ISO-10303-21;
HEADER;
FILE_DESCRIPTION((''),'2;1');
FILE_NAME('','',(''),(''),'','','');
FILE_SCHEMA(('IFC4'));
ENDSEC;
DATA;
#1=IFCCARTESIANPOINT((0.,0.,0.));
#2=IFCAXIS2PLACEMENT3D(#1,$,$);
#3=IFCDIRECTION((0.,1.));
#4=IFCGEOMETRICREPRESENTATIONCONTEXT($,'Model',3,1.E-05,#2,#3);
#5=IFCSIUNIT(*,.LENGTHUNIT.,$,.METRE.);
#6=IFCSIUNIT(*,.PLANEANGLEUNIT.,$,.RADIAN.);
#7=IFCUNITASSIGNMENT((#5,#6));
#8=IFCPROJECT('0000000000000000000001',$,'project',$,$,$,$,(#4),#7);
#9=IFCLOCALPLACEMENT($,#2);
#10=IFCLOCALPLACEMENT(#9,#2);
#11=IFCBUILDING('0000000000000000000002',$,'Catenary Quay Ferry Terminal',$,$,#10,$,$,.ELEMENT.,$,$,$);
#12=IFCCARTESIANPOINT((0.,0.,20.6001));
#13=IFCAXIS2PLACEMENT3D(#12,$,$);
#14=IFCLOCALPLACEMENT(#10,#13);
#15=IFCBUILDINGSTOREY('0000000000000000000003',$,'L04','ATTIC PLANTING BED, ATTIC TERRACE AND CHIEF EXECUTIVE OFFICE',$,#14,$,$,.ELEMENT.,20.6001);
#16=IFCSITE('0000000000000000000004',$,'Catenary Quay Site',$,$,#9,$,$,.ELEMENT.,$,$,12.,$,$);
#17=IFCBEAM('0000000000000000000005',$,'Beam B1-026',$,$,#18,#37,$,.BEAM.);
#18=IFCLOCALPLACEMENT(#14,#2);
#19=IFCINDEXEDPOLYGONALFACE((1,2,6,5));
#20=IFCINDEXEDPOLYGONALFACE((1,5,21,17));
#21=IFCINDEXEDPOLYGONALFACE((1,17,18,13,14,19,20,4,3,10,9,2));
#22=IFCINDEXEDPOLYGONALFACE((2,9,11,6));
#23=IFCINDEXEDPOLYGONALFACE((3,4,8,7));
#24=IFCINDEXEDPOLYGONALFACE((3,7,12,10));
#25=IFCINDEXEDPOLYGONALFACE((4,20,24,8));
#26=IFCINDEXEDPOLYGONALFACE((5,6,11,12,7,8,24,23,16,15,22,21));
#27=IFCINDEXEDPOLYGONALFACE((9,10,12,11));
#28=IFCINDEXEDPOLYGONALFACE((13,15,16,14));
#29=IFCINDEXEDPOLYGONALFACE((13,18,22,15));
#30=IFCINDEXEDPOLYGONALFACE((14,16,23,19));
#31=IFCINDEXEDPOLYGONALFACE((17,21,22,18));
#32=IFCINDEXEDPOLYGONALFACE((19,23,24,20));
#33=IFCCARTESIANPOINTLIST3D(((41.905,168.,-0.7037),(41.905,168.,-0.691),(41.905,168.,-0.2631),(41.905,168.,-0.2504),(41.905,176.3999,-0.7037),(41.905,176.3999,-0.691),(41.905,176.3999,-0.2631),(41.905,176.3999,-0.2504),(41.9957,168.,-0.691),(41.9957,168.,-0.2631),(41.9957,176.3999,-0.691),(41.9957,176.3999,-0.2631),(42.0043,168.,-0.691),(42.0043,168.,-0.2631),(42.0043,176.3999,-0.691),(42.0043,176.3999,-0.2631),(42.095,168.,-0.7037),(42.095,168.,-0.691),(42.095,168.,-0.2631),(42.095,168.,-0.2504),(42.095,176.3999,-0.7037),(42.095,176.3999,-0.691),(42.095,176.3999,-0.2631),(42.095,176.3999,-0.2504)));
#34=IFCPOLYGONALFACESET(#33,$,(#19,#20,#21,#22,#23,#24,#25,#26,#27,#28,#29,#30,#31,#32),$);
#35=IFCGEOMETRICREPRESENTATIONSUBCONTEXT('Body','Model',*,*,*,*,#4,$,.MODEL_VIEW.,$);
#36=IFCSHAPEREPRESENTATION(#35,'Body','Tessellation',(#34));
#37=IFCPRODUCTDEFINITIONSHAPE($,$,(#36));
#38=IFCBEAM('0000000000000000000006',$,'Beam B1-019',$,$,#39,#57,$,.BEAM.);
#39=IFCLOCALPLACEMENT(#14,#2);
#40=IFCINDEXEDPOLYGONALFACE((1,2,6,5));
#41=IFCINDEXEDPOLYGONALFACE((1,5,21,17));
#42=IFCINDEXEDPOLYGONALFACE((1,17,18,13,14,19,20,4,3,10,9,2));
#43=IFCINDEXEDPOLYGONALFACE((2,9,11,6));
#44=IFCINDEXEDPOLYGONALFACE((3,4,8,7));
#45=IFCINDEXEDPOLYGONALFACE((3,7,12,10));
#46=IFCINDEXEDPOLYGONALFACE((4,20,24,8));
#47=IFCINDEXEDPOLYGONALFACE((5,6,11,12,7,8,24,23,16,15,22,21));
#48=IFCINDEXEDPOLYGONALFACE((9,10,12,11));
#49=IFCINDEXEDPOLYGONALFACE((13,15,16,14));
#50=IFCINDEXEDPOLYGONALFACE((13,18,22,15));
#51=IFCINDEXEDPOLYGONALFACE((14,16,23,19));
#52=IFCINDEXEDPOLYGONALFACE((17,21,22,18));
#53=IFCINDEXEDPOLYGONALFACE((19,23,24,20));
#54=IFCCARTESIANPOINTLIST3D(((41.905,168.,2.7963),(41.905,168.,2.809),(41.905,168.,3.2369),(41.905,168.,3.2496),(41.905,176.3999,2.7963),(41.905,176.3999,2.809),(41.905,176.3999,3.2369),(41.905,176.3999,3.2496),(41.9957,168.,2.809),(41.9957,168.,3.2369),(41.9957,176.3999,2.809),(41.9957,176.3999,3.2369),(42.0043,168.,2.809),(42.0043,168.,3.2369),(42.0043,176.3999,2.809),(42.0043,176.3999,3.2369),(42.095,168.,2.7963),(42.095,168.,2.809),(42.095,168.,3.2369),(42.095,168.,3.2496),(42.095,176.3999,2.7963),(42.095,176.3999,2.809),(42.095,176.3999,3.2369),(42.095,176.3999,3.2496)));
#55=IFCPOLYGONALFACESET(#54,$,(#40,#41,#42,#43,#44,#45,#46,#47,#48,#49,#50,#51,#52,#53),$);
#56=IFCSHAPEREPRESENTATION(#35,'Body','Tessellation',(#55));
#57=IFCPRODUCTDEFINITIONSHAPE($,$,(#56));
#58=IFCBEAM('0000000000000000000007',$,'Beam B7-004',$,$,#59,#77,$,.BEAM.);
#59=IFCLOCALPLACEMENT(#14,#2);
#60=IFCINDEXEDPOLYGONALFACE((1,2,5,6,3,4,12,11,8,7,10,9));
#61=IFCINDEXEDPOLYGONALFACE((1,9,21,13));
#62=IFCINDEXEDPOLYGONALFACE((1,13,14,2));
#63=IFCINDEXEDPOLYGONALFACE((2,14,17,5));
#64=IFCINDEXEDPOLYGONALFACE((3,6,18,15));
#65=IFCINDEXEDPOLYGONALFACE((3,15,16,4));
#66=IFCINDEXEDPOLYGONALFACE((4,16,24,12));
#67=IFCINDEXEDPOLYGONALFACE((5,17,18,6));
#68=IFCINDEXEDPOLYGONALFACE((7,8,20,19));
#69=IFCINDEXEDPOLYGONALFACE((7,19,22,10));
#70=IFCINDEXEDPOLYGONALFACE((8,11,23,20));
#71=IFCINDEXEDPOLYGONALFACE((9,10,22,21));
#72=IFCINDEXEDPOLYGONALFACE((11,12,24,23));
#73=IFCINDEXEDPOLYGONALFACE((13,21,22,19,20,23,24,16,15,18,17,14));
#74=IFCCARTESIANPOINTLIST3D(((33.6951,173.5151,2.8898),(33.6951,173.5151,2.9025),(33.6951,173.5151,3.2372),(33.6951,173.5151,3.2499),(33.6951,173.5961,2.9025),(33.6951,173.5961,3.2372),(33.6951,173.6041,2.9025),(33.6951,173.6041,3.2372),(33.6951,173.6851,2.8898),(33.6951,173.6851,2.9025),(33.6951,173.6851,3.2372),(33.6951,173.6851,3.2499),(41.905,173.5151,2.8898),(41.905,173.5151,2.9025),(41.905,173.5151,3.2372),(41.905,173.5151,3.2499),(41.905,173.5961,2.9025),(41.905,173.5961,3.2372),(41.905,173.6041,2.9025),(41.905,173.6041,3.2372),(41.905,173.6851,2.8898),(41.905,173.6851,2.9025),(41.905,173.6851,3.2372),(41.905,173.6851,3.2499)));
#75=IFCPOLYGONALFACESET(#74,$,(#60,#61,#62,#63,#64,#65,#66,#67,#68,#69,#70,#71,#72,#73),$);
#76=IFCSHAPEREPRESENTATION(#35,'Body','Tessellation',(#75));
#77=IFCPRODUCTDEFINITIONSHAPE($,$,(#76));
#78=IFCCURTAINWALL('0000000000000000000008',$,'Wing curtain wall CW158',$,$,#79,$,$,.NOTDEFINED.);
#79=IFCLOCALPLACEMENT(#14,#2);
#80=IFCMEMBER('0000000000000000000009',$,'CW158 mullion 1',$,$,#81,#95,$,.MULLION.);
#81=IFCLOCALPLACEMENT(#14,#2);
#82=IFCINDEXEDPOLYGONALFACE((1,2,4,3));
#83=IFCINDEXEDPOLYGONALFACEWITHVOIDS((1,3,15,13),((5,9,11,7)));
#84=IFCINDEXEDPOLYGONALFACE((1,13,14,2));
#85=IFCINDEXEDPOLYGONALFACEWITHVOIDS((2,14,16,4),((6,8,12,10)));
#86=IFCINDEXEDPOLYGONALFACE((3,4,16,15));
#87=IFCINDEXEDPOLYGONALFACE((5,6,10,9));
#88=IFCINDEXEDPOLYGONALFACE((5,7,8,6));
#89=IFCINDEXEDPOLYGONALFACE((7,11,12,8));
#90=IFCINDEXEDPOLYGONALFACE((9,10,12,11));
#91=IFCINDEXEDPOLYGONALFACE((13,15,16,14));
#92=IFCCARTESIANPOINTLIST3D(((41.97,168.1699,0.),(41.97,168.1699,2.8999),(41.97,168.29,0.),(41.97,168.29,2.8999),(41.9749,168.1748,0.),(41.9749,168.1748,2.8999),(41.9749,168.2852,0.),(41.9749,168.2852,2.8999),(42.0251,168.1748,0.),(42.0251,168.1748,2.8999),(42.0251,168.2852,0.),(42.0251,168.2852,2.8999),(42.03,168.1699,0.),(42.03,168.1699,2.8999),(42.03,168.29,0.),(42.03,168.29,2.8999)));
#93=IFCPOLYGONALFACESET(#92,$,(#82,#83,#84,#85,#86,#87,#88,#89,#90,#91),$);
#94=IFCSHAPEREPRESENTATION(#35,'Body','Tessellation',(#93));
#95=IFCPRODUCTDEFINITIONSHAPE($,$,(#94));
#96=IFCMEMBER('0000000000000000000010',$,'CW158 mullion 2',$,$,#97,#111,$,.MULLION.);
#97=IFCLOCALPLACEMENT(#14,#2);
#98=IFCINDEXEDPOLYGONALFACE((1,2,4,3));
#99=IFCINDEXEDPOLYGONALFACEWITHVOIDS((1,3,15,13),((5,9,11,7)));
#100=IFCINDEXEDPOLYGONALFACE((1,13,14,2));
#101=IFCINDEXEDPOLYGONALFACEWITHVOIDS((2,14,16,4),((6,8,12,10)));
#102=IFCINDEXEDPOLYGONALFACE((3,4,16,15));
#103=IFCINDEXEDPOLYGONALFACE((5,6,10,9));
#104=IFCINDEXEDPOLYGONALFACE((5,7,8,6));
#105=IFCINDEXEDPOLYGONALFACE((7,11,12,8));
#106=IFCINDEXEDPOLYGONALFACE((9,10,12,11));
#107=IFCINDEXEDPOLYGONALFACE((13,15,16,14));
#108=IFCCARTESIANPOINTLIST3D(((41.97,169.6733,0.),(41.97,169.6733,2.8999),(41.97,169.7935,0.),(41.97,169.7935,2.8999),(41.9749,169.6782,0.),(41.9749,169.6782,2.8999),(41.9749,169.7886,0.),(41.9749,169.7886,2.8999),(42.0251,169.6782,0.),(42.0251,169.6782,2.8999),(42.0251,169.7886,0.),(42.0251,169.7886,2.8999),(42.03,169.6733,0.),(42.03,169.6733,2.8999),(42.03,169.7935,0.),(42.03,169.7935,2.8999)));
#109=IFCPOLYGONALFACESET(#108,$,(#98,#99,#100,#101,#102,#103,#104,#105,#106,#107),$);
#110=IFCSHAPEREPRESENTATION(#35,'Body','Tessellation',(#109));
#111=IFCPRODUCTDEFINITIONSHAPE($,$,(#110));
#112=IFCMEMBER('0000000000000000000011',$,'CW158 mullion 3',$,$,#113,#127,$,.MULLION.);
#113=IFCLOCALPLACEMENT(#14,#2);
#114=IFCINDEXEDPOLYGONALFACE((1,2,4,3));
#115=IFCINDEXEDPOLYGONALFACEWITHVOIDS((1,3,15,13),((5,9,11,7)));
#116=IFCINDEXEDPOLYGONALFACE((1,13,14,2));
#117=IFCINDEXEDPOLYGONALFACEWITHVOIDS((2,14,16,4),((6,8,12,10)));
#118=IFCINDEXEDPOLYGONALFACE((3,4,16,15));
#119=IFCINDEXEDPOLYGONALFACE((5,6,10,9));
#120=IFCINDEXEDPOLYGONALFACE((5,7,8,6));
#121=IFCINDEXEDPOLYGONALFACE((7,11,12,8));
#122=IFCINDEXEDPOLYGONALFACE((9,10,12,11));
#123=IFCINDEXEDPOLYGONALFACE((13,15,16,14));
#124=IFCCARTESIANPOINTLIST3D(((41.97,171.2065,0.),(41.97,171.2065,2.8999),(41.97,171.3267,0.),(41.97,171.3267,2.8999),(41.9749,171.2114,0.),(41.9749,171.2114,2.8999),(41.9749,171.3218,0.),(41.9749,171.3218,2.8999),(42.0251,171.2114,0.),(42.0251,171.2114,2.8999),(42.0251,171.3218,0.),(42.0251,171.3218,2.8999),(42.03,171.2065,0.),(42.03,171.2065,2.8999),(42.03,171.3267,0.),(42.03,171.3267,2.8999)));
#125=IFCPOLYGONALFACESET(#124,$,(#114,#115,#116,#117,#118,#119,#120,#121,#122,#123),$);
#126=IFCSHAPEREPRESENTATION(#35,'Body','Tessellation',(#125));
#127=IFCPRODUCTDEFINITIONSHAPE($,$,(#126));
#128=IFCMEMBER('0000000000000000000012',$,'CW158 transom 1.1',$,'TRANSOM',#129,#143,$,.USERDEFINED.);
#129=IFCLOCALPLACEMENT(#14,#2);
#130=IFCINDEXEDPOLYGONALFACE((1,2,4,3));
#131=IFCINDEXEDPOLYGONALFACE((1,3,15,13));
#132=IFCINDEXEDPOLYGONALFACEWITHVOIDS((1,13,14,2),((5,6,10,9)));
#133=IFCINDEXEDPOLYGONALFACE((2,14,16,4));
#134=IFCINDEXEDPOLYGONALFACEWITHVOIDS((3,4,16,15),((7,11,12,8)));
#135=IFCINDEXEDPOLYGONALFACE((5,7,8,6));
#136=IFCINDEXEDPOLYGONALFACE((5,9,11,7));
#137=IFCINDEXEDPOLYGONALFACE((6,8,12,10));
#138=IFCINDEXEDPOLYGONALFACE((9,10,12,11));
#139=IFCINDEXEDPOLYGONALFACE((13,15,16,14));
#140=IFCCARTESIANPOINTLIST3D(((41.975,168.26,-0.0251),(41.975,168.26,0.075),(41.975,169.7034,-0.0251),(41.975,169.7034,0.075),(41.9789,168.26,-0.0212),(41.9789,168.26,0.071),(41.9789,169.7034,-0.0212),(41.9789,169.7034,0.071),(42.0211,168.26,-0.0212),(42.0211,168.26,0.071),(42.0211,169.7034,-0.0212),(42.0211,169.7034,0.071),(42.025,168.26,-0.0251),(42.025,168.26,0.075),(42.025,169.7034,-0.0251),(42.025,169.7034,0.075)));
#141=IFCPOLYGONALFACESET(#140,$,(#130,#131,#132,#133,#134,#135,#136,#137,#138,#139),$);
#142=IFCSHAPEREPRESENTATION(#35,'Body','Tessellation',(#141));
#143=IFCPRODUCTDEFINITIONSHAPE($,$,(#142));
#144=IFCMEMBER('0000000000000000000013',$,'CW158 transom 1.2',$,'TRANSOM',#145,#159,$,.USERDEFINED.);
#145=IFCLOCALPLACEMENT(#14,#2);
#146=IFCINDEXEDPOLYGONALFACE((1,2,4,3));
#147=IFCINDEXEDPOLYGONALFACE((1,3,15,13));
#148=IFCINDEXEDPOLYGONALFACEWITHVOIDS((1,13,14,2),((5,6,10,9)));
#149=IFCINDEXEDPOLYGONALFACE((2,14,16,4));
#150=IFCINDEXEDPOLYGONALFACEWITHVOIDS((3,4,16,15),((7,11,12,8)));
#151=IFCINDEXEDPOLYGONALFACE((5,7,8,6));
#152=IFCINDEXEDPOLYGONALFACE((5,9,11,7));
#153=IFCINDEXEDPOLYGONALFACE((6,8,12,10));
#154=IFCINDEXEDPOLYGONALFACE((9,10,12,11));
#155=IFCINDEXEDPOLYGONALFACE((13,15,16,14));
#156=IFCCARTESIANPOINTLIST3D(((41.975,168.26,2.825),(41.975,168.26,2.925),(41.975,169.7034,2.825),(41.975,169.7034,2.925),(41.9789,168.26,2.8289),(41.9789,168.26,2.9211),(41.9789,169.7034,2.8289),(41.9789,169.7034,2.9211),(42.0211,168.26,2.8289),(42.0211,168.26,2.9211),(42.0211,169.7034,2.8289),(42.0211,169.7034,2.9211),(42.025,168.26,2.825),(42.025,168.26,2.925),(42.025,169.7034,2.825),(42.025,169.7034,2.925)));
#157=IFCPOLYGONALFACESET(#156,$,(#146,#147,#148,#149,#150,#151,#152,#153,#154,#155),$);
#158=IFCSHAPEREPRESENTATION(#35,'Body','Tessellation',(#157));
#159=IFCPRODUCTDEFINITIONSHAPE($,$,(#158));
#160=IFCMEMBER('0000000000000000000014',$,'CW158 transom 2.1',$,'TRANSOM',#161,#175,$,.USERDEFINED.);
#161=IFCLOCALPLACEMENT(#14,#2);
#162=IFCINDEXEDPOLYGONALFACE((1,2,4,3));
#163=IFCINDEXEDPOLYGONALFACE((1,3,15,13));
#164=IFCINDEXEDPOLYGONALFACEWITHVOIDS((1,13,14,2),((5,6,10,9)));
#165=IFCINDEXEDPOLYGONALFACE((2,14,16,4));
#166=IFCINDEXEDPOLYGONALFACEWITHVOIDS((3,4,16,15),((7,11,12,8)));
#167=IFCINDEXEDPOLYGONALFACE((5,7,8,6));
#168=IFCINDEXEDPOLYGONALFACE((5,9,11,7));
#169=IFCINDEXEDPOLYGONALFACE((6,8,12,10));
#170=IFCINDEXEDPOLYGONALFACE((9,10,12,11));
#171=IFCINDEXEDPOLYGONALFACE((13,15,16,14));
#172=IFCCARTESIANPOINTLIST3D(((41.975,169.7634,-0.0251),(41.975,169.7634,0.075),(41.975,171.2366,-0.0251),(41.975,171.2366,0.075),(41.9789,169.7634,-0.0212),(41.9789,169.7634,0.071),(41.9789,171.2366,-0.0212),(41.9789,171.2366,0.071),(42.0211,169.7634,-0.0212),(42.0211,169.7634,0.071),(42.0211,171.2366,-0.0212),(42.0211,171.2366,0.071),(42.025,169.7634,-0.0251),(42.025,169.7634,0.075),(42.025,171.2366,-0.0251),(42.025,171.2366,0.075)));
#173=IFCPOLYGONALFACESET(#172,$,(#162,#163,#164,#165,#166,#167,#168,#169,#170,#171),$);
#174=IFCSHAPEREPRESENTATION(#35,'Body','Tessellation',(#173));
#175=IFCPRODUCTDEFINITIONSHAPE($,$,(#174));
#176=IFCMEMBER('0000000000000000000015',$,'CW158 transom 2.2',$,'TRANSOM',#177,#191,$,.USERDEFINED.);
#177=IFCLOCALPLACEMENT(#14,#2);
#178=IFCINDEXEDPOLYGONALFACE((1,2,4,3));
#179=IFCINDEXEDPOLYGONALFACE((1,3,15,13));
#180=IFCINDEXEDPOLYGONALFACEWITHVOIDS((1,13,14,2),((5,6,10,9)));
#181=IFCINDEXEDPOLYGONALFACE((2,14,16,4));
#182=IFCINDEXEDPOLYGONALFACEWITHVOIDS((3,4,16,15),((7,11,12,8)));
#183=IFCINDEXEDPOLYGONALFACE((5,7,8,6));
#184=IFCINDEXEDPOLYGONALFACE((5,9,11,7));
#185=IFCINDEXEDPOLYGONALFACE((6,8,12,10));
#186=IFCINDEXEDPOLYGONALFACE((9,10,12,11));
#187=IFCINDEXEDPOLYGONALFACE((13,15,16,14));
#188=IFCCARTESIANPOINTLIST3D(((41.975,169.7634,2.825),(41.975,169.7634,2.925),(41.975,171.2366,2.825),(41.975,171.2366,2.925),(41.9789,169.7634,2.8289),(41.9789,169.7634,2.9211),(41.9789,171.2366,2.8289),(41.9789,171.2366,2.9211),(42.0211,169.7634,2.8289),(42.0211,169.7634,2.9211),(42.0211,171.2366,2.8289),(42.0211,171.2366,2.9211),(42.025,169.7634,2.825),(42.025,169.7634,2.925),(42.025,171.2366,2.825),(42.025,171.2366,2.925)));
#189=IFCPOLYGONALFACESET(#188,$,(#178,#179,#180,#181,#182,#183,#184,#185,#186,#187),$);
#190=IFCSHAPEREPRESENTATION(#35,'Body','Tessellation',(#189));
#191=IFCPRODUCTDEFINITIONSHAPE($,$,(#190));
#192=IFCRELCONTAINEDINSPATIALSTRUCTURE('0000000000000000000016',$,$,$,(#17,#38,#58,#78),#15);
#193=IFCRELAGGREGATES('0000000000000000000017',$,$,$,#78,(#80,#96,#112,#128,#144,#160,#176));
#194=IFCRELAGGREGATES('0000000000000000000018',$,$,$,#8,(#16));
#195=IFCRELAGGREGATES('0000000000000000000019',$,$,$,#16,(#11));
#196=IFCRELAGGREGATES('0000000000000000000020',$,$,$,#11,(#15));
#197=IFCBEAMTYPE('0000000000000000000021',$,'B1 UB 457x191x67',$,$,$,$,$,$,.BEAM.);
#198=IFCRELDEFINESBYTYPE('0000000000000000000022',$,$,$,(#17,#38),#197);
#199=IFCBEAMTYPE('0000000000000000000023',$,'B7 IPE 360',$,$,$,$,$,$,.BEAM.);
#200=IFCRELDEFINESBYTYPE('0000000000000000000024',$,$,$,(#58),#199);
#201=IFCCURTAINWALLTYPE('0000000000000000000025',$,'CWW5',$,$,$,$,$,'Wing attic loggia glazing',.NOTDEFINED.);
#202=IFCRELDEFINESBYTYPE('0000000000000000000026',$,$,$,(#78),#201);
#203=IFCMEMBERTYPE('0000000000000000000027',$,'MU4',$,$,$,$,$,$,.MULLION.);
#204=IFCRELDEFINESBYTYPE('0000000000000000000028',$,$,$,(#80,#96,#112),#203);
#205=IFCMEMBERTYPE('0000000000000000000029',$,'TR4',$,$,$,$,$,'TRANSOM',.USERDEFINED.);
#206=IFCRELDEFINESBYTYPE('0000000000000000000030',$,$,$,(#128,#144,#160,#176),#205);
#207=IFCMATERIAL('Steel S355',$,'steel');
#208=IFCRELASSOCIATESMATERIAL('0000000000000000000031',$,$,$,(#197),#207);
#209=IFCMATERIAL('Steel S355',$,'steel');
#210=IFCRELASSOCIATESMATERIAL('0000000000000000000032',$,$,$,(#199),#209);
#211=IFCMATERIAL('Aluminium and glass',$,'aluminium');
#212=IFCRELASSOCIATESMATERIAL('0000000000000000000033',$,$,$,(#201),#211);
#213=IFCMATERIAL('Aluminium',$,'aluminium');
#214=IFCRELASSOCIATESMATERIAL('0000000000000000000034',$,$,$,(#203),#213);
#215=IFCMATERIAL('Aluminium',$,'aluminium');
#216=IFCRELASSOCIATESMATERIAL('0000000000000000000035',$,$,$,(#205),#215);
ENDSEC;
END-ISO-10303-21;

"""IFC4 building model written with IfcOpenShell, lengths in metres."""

from ifc_helpers import new_model, si_unit, direction, frame, origin, origin_2d, place, context, subcontext, project, spatial, hollow_rectangle, i_section, extrude, material, material_profile, profile_set, type_object, element, aggregate, save


model = new_model("IFC4")

# Units and contexts
model_context = context("Model", 3, precision=1e-05, world=origin(), true_north=direction((0.0, 1.0)))
body_context = subcontext(model_context, "Body", "Model", "MODEL_VIEW")
ifc_project = project(units=[si_unit("LENGTHUNIT", "METRE"), si_unit("PLANEANGLEUNIT", "RADIAN")], contexts=[model_context])

# Site, building, storey
site_placement = place(None, origin())
site = spatial("IfcSite", under=ifc_project, at=site_placement, Name="Catenary Quay Site", CompositionType="ELEMENT", RefElevation=12.0)
building_placement = place(site_placement, origin())
building = spatial("IfcBuilding", under=site, at=building_placement, Name="Catenary Quay Ferry Terminal", CompositionType="ELEMENT")
storey_placement = place(building_placement, frame((0.0, 0.0, 20.6001)))
storey = spatial("IfcBuildingStorey", under=building, at=storey_placement, Name="L04", Description="ATTIC PLANTING BED, ATTIC TERRACE AND CHIEF EXECUTIVE OFFICE", CompositionType="ELEMENT", Elevation=20.6001)

# Beams
ifc_material_1 = material(Name="Steel S355", Category="steel")
ifc_material_profile_1 = material_profile(ifc_material_1, i_section(OverallWidth=0.1899, OverallDepth=0.4534, WebThickness=0.0085, FlangeThickness=0.0127, at=origin_2d()), Name="UB 457x191x67")
ifc_profile_set_1 = profile_set([ifc_material_profile_1], Name="Steel S355")
beam_type_1 = type_object("IfcBeamType", Name="B1 UB 457x191x67", PredefinedType="BEAM", material=ifc_profile_set_1)
for number, where, z_axis, x_axis, name in (
    (1, (42.0, 168.0, -0.4771), (0.0, 1.0, 0.0), (-1.0, 0.0, 0.0), "Beam B1-026"),
    (2, (42.0, 168.0, 3.0229), (0.0, 1.0, 0.0), (-1.0, 0.0, 0.0), "Beam B1-019"),
):
    element("IfcBeam", number, at=place(storey_placement, frame(where, z_axis=z_axis, x_axis=x_axis)), inside=storey, type_object=beam_type_1, Name=name, PredefinedType="BEAM", context=body_context, shape_type="SweptSolid", body=[
        extrude(i_section(OverallWidth=0.1899, OverallDepth=0.4534, WebThickness=0.0085, FlangeThickness=0.0127, at=origin_2d()), origin(), (0.0, 0.0, 1.0), 8.3999),
    ])
ifc_material_2 = material(Name="Steel S355", Category="steel")
ifc_material_profile_2 = material_profile(ifc_material_2, i_section(OverallWidth=0.1699, OverallDepth=0.3601, WebThickness=0.0081, FlangeThickness=0.0127, at=origin_2d()), Name="IPE 360")
ifc_profile_set_2 = profile_set([ifc_material_profile_2], Name="Steel S355")
beam_type_2 = type_object("IfcBeamType", Name="B7 IPE 360", PredefinedType="BEAM", material=ifc_profile_set_2)
beam_placement = place(storey_placement, frame((33.6951, 173.6001, 3.0698), z_axis=(1.0, 0.0, 0.0), x_axis=(0.0, 1.0, 0.0)))
element("IfcBeam", 3, at=beam_placement, inside=storey, type_object=beam_type_2, Name="Beam B7-004", PredefinedType="BEAM", context=body_context, shape_type="SweptSolid", body=[
    extrude(i_section(OverallWidth=0.1699, OverallDepth=0.3601, WebThickness=0.0081, FlangeThickness=0.0127, at=origin_2d()), origin(), (0.0, 0.0, 1.0), 8.21),
])

# Curtain wall, members
ifc_material_3 = material(Name="Aluminium and glass", Category="aluminium")
curtain_wall_type = type_object("IfcCurtainWallType", Name="CWW5", ElementType="Wing attic loggia glazing", PredefinedType="NOTDEFINED", material=ifc_material_3)
curtain_wall_placement = place(storey_placement, origin())
curtain_wall = element("IfcCurtainWall", 4, at=curtain_wall_placement, inside=storey, type_object=curtain_wall_type, Name="Wing curtain wall CW158", PredefinedType="NOTDEFINED")
ifc_material_4 = material(Name="Aluminium", Category="aluminium")
ifc_material_profile_3 = material_profile(ifc_material_4, hollow_rectangle(XDim=0.0601, YDim=0.1201, WallThickness=0.0049, at=origin_2d()), Name="MU4")
ifc_profile_set_3 = profile_set([ifc_material_profile_3], Name="Aluminium")
member_type_1 = type_object("IfcMemberType", Name="MU4", PredefinedType="MULLION", material=ifc_profile_set_3)
member_1_placement = place(storey_placement, frame((42.0, 168.23, 0.0), z_axis=(0.0, 0.0, 1.0), x_axis=(-1.0, 0.0, 0.0)))
member_1 = element("IfcMember", 5, at=member_1_placement, type_object=member_type_1, Name="CW158 mullion 1", PredefinedType="MULLION", context=body_context, shape_type="SweptSolid", body=[
    extrude(hollow_rectangle(XDim=0.0601, YDim=0.1201, WallThickness=0.0049, at=origin_2d()), origin(), (0.0, 0.0, 1.0), 2.8999),
])
member_2_placement = place(storey_placement, frame((42.0, 169.7334, 0.0), z_axis=(0.0, 0.0, 1.0), x_axis=(-1.0, 0.0, 0.0)))
member_2 = element("IfcMember", 6, at=member_2_placement, type_object=member_type_1, Name="CW158 mullion 2", PredefinedType="MULLION", context=body_context, shape_type="SweptSolid", body=[
    extrude(hollow_rectangle(XDim=0.0601, YDim=0.1201, WallThickness=0.0049, at=origin_2d()), origin(), (0.0, 0.0, 1.0), 2.8999),
])
member_3_placement = place(storey_placement, frame((42.0, 171.2666, 0.0), z_axis=(0.0, 0.0, 1.0), x_axis=(-1.0, 0.0, 0.0)))
member_3 = element("IfcMember", 7, at=member_3_placement, type_object=member_type_1, Name="CW158 mullion 3", PredefinedType="MULLION", context=body_context, shape_type="SweptSolid", body=[
    extrude(hollow_rectangle(XDim=0.0601, YDim=0.1201, WallThickness=0.0049, at=origin_2d()), origin(), (0.0, 0.0, 1.0), 2.8999),
])
ifc_material_5 = material(Name="Aluminium", Category="aluminium")
ifc_material_profile_4 = material_profile(ifc_material_5, hollow_rectangle(XDim=0.05, YDim=0.1001, WallThickness=0.0039, at=origin_2d()), Name="TR4")
ifc_profile_set_4 = profile_set([ifc_material_profile_4], Name="Aluminium")
member_type_2 = type_object("IfcMemberType", Name="TR4", ElementType="TRANSOM", PredefinedType="USERDEFINED", material=ifc_profile_set_4)
member_4_placement = place(storey_placement, frame((42.0, 168.26, 0.0249), z_axis=(0.0, 1.0, 0.0), x_axis=(-1.0, 0.0, 0.0)))
member_4 = element("IfcMember", 8, at=member_4_placement, type_object=member_type_2, Name="CW158 transom 1.1", ObjectType="TRANSOM", PredefinedType="USERDEFINED", context=body_context, shape_type="SweptSolid", body=[
    extrude(hollow_rectangle(XDim=0.05, YDim=0.1001, WallThickness=0.0039, at=origin_2d()), origin(), (0.0, 0.0, 1.0), 1.4434),
])
member_5_placement = place(storey_placement, frame((42.0, 168.26, 2.875), z_axis=(0.0, 1.0, 0.0), x_axis=(-1.0, 0.0, 0.0)))
member_5 = element("IfcMember", 9, at=member_5_placement, type_object=member_type_2, Name="CW158 transom 1.2", ObjectType="TRANSOM", PredefinedType="USERDEFINED", context=body_context, shape_type="SweptSolid", body=[
    extrude(hollow_rectangle(XDim=0.05, YDim=0.1001, WallThickness=0.0039, at=origin_2d()), origin(), (0.0, 0.0, 1.0), 1.4434),
])
member_6_placement = place(storey_placement, frame((42.0, 169.7634, 0.0249), z_axis=(0.0, 1.0, 0.0), x_axis=(-1.0, 0.0, 0.0)))
member_6 = element("IfcMember", 10, at=member_6_placement, type_object=member_type_2, Name="CW158 transom 2.1", ObjectType="TRANSOM", PredefinedType="USERDEFINED", context=body_context, shape_type="SweptSolid", body=[
    extrude(hollow_rectangle(XDim=0.05, YDim=0.1001, WallThickness=0.0039, at=origin_2d()), origin(), (0.0, 0.0, 1.0), 1.4731),
])
member_7_placement = place(storey_placement, frame((42.0, 169.7634, 2.875), z_axis=(0.0, 1.0, 0.0), x_axis=(-1.0, 0.0, 0.0)))
member_7 = element("IfcMember", 11, at=member_7_placement, type_object=member_type_2, Name="CW158 transom 2.2", ObjectType="TRANSOM", PredefinedType="USERDEFINED", context=body_context, shape_type="SweptSolid", body=[
    extrude(hollow_rectangle(XDim=0.05, YDim=0.1001, WallThickness=0.0039, at=origin_2d()), origin(), (0.0, 0.0, 1.0), 1.4731),
])
aggregate(curtain_wall, [member_1, member_2, member_3, member_4, member_5, member_6, member_7])

save(model, "model.ifc")
